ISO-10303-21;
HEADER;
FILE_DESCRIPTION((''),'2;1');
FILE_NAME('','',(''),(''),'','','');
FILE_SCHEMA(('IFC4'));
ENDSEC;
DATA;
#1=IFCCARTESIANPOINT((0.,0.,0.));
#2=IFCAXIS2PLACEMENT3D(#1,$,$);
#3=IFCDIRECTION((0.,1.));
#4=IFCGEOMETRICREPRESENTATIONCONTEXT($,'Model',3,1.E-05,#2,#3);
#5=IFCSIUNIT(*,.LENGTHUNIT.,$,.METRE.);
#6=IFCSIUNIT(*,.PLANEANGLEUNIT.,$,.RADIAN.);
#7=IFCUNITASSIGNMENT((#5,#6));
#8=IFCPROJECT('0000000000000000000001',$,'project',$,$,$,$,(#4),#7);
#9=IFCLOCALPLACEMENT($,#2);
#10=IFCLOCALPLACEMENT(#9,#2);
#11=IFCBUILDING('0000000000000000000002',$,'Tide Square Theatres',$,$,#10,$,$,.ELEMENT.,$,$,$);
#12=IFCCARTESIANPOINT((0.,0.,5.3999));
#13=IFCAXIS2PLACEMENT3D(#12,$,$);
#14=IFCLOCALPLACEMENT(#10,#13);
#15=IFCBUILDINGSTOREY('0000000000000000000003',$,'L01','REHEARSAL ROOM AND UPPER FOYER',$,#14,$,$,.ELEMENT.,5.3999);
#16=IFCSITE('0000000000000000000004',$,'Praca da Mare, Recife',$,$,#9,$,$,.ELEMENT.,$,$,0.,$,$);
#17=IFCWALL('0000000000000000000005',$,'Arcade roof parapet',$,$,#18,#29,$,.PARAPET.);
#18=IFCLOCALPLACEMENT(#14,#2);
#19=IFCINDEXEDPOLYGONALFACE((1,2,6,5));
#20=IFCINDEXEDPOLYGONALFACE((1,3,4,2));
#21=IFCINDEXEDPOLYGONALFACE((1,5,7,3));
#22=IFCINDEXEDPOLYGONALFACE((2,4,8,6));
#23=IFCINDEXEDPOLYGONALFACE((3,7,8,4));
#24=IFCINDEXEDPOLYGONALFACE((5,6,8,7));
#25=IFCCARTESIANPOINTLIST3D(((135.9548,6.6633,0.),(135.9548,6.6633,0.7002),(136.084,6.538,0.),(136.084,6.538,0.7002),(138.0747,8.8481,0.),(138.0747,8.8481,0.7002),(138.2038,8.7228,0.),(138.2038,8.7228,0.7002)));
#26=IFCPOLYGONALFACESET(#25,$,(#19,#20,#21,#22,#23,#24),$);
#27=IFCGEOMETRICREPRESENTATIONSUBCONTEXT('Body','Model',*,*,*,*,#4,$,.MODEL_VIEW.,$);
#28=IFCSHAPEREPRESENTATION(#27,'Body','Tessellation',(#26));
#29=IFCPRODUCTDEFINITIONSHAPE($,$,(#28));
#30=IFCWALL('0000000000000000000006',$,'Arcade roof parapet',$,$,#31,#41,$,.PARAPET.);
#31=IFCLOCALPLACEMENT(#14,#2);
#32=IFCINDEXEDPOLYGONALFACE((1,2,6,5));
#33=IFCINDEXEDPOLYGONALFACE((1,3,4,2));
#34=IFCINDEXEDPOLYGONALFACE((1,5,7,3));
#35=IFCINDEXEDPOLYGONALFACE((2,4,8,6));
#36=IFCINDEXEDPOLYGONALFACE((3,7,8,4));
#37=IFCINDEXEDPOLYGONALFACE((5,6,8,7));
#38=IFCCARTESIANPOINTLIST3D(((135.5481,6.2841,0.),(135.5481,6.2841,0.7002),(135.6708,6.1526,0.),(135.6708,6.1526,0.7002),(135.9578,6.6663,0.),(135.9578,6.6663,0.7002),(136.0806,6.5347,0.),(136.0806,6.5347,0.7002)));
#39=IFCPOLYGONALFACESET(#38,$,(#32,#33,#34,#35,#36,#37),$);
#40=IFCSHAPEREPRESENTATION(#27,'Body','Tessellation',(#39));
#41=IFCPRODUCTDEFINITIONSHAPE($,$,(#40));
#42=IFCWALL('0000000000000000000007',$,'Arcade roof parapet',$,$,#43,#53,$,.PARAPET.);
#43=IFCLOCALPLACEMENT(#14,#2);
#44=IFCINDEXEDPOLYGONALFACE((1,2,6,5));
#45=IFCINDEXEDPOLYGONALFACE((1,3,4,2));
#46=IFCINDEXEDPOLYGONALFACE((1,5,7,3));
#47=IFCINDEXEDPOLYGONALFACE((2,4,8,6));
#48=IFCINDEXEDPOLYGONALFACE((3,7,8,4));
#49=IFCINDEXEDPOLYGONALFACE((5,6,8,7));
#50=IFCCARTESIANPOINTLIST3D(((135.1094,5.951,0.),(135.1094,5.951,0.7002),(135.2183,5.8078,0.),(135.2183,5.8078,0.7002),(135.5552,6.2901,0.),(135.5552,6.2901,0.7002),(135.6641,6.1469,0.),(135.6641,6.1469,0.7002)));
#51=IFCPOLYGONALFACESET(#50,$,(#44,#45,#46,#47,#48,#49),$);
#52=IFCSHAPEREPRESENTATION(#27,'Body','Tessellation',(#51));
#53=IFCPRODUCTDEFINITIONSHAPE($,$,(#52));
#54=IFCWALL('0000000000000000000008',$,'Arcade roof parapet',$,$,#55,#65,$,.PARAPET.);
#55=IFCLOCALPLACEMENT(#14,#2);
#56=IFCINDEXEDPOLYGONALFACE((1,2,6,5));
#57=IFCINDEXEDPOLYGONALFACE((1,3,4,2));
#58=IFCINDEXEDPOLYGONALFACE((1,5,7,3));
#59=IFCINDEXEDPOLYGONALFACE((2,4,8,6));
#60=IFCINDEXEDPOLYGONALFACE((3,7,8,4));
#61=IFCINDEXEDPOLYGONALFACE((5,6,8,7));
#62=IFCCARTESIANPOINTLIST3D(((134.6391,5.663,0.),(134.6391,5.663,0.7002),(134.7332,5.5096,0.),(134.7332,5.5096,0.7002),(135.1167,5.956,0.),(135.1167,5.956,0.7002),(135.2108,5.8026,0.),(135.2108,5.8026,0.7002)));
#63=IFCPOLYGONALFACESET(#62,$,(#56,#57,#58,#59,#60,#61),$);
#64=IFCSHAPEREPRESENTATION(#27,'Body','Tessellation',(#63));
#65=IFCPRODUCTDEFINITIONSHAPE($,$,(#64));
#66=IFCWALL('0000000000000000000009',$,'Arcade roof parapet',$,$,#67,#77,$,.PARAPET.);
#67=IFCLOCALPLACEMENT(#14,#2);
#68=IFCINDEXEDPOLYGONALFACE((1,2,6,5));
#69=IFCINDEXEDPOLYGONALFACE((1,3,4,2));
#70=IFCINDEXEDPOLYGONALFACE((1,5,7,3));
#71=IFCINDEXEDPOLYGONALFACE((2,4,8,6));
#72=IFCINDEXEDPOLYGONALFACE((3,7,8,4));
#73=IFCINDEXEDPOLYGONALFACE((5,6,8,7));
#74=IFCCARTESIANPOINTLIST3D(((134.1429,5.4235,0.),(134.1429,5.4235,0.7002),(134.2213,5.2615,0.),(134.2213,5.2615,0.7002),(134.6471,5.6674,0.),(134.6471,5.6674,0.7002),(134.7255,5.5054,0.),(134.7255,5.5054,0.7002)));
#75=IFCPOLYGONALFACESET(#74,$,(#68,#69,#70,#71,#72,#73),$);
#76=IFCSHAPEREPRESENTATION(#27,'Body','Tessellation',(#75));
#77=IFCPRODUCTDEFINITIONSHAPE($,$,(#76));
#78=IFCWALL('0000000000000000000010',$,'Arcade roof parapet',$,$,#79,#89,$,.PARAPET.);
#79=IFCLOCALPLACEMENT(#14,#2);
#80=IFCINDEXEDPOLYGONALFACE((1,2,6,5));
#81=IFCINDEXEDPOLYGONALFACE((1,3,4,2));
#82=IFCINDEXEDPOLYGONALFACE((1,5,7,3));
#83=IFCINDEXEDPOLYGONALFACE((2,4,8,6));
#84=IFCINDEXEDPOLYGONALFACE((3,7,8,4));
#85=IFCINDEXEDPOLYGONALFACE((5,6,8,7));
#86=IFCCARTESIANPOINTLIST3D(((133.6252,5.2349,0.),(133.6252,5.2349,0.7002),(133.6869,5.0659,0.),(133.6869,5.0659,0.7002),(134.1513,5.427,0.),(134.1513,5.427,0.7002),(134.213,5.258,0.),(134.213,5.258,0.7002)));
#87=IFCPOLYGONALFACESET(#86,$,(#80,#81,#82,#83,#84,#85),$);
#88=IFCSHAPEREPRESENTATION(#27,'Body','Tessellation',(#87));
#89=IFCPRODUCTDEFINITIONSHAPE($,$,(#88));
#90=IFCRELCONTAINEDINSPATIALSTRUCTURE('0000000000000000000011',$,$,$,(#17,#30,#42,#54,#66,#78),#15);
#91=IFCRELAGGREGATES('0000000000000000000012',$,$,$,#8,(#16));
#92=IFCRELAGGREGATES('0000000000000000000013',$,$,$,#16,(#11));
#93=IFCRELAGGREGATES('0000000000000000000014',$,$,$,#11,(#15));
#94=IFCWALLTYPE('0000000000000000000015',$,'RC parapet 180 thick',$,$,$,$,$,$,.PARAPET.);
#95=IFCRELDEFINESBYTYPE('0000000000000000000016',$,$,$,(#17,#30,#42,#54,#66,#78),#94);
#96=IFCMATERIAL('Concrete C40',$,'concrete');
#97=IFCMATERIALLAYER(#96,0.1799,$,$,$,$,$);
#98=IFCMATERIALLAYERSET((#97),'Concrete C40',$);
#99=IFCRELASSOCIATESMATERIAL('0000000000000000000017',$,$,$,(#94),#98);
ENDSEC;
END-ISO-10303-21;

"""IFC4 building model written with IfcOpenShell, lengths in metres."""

from ifc_helpers import new_model, si_unit, direction, frame, frame_2d, origin, place, context, subcontext, project, spatial, rectangle, extrude, material, layer, layer_set, type_object, element, save


model = new_model("IFC4")

# Units and contexts
model_context = context("Model", 3, precision=1e-05, world=origin(), true_north=direction((0.0, 1.0)))
body_context = subcontext(model_context, "Body", "Model", "MODEL_VIEW")
ifc_project = project(units=[si_unit("LENGTHUNIT", "METRE"), si_unit("PLANEANGLEUNIT", "RADIAN")], contexts=[model_context])

# Site, building, storey
site_placement = place(None, origin())
site = spatial("IfcSite", under=ifc_project, at=site_placement, Name="Praca da Mare, Recife", CompositionType="ELEMENT", RefElevation=0.0)
building_placement = place(site_placement, origin())
building = spatial("IfcBuilding", under=site, at=building_placement, Name="Tide Square Theatres", CompositionType="ELEMENT")
storey_placement = place(building_placement, frame((0.0, 0.0, 5.3999)))
storey = spatial("IfcBuildingStorey", under=building, at=storey_placement, Name="L01", Description="REHEARSAL ROOM AND UPPER FOYER", CompositionType="ELEMENT", Elevation=5.3999)

# Walls
ifc_material_1 = material(Name="Concrete C40", Category="concrete")
ifc_layer = layer(ifc_material_1, 0.1799)
ifc_layer_set = layer_set([ifc_layer], Name="Concrete C40")
wall_type = type_object("IfcWallType", Name="RC parapet 180 thick", PredefinedType="PARAPET", material=ifc_layer_set)
wall_1_placement = place(storey_placement, frame((138.1392, 8.7854, 0.0), z_axis=(0.0, 0.0, 1.0), x_axis=(-0.69636, -0.717693, 0.0)))
element("IfcWall", 1, at=wall_1_placement, inside=storey, type_object=wall_type, Name="Arcade roof parapet", PredefinedType="PARAPET", context=body_context, shape_type="SweptSolid", body=[
    extrude(rectangle(XDim=3.0442, YDim=0.1799, at=frame_2d((1.522, 0.0))), origin(), (0.0, 0.0, 1.0), 0.7002),
])
wall_2_placement = place(storey_placement, frame((136.0193, 6.6006, 0.0), z_axis=(0.0, 0.0, 1.0), x_axis=(-0.731302, -0.682054, 0.0)))
element("IfcWall", 2, at=wall_2_placement, inside=storey, type_object=wall_type, Name="Arcade roof parapet", PredefinedType="PARAPET", context=body_context, shape_type="SweptSolid", body=[
    extrude(rectangle(XDim=0.5603, YDim=0.1799, at=frame_2d((0.2803, 0.0))), origin(), (0.0, 0.0, 1.0), 0.7002),
])
wall_3_placement = place(storey_placement, frame((135.6096, 6.2185, 0.0), z_axis=(0.0, 0.0, 1.0), x_axis=(-0.795902, -0.605426, 0.0)))
element("IfcWall", 3, at=wall_3_placement, inside=storey, type_object=wall_type, Name="Arcade roof parapet", PredefinedType="PARAPET", context=body_context, shape_type="SweptSolid", body=[
    extrude(rectangle(XDim=0.5601, YDim=0.1799, at=frame_2d((0.28, 0.0))), origin(), (0.0, 0.0, 1.0), 0.7002),
])
wall_4_placement = place(storey_placement, frame((135.1638, 5.8794, 0.0), z_axis=(0.0, 0.0, 1.0), x_axis=(-0.852376, -0.52293, 0.0)))
element("IfcWall", 4, at=wall_4_placement, inside=storey, type_object=wall_type, Name="Arcade roof parapet", PredefinedType="PARAPET", context=body_context, shape_type="SweptSolid", body=[
    extrude(rectangle(XDim=0.5603, YDim=0.1799, at=frame_2d((0.2803, 0.0))), origin(), (0.0, 0.0, 1.0), 0.7002),
])
for number, where, z_axis, x_axis, name in (
    (5, (134.6863, 5.5864, 0.0), (0.0, 0.0, 1.0), (-0.900192, -0.435493, 0.0), "Arcade roof parapet"),
    (6, (134.1821, 5.3425, 0.0), (0.0, 0.0, 1.0), (-0.939322, -0.343038, 0.0), "Arcade roof parapet"),
):
    element("IfcWall", number, at=place(storey_placement, frame(where, z_axis=z_axis, x_axis=x_axis)), inside=storey, type_object=wall_type, Name=name, PredefinedType="PARAPET", context=body_context, shape_type="SweptSolid", body=[
        extrude(rectangle(XDim=0.5601, YDim=0.1799, at=frame_2d((0.28, 0.0))), origin(), (0.0, 0.0, 1.0), 0.7002),
    ])

save(model, "model.ifc")
